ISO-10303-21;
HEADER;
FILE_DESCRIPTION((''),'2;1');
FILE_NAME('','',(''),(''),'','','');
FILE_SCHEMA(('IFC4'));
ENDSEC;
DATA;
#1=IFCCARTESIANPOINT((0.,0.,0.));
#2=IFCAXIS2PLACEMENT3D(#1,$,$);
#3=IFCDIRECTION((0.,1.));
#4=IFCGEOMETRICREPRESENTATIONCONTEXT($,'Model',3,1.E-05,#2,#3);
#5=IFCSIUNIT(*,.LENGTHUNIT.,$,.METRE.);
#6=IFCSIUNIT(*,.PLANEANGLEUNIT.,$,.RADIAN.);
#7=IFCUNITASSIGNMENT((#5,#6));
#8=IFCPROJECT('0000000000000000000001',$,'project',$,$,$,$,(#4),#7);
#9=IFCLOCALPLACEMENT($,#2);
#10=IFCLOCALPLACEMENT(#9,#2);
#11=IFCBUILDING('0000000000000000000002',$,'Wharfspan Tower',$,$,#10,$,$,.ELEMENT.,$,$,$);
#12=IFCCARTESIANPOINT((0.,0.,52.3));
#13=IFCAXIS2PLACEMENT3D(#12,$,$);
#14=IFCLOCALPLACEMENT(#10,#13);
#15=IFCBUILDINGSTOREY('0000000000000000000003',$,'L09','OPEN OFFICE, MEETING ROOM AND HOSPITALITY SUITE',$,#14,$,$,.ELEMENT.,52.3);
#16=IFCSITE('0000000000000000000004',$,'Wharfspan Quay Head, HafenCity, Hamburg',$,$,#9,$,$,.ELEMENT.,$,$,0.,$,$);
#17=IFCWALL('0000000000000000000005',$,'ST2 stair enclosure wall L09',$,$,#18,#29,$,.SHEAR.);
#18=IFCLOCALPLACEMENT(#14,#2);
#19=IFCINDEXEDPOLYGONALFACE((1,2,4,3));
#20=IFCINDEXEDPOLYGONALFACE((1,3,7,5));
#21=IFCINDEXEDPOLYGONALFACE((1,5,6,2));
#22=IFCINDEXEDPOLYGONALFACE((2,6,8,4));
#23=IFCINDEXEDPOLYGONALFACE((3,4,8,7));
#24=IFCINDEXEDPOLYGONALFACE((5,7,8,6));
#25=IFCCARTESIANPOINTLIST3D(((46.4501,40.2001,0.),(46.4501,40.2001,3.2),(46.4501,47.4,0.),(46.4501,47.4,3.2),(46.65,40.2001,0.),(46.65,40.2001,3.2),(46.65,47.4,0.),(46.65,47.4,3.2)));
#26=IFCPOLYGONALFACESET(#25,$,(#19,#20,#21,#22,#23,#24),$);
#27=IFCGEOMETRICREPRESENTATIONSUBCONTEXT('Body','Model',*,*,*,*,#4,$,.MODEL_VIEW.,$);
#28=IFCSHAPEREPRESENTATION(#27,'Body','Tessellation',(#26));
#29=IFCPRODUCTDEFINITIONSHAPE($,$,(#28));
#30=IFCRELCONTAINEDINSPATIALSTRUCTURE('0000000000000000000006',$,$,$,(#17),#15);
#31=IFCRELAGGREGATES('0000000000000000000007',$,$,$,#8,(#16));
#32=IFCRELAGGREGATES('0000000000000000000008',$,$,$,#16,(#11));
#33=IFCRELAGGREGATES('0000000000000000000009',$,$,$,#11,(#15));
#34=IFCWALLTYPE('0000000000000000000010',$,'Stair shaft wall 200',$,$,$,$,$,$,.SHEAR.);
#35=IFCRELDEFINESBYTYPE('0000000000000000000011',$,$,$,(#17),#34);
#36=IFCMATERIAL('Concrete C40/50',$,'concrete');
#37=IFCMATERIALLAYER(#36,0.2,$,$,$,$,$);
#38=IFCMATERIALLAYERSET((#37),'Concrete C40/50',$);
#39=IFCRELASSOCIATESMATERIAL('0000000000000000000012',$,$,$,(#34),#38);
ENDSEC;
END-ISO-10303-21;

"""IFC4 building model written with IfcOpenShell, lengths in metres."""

from ifc_helpers import new_model, si_unit, direction, frame, frame_2d, origin, place, context, subcontext, project, spatial, rectangle, extrude, material, layer, layer_set, type_object, element, save


model = new_model("IFC4")

# Units and contexts
model_context = context("Model", 3, precision=1e-05, world=origin(), true_north=direction((0.0, 1.0)))
body_context = subcontext(model_context, "Body", "Model", "MODEL_VIEW")
ifc_project = project(units=[si_unit("LENGTHUNIT", "METRE"), si_unit("PLANEANGLEUNIT", "RADIAN")], contexts=[model_context])

# Site, building, storey
site_placement = place(None, origin())
site = spatial("IfcSite", under=ifc_project, at=site_placement, Name="Wharfspan Quay Head, HafenCity, Hamburg", CompositionType="ELEMENT", RefElevation=0.0)
building_placement = place(site_placement, origin())
building = spatial("IfcBuilding", under=site, at=building_placement, Name="Wharfspan Tower", CompositionType="ELEMENT")
storey_placement = place(building_placement, frame((0.0, 0.0, 52.3)))
storey = spatial("IfcBuildingStorey", under=building, at=storey_placement, Name="L09", Description="OPEN OFFICE, MEETING ROOM AND HOSPITALITY SUITE", CompositionType="ELEMENT", Elevation=52.3)

# Shared definitions
ifc_material_1 = material(Name="Concrete C40/50", Category="concrete")
ifc_layer_1 = layer(ifc_material_1, 0.2)
ifc_layer_set_1 = layer_set([ifc_layer_1], Name="Concrete C40/50")
wall_type_1 = type_object("IfcWallType", Name="Stair shaft wall 200", PredefinedType="SHEAR", material=ifc_layer_set_1)

# Wall
wall_1_placement = place(storey_placement, frame((46.55, 40.2, 0.0), z_axis=(0.0, 0.0, 1.0), x_axis=(0.0, 1.0, 0.0)))
element("IfcWall", 1, at=wall_1_placement, inside=storey, type_object=wall_type_1, Name="ST2 stair enclosure wall L09", PredefinedType="SHEAR", context=body_context, shape_type="SweptSolid", body=[
    extrude(rectangle(XDim=7.2, YDim=0.2, at=frame_2d((3.6001, 0.0))), origin(), (0.0, 0.0, 1.0), 3.2),
])

save(model, "model.ifc")
